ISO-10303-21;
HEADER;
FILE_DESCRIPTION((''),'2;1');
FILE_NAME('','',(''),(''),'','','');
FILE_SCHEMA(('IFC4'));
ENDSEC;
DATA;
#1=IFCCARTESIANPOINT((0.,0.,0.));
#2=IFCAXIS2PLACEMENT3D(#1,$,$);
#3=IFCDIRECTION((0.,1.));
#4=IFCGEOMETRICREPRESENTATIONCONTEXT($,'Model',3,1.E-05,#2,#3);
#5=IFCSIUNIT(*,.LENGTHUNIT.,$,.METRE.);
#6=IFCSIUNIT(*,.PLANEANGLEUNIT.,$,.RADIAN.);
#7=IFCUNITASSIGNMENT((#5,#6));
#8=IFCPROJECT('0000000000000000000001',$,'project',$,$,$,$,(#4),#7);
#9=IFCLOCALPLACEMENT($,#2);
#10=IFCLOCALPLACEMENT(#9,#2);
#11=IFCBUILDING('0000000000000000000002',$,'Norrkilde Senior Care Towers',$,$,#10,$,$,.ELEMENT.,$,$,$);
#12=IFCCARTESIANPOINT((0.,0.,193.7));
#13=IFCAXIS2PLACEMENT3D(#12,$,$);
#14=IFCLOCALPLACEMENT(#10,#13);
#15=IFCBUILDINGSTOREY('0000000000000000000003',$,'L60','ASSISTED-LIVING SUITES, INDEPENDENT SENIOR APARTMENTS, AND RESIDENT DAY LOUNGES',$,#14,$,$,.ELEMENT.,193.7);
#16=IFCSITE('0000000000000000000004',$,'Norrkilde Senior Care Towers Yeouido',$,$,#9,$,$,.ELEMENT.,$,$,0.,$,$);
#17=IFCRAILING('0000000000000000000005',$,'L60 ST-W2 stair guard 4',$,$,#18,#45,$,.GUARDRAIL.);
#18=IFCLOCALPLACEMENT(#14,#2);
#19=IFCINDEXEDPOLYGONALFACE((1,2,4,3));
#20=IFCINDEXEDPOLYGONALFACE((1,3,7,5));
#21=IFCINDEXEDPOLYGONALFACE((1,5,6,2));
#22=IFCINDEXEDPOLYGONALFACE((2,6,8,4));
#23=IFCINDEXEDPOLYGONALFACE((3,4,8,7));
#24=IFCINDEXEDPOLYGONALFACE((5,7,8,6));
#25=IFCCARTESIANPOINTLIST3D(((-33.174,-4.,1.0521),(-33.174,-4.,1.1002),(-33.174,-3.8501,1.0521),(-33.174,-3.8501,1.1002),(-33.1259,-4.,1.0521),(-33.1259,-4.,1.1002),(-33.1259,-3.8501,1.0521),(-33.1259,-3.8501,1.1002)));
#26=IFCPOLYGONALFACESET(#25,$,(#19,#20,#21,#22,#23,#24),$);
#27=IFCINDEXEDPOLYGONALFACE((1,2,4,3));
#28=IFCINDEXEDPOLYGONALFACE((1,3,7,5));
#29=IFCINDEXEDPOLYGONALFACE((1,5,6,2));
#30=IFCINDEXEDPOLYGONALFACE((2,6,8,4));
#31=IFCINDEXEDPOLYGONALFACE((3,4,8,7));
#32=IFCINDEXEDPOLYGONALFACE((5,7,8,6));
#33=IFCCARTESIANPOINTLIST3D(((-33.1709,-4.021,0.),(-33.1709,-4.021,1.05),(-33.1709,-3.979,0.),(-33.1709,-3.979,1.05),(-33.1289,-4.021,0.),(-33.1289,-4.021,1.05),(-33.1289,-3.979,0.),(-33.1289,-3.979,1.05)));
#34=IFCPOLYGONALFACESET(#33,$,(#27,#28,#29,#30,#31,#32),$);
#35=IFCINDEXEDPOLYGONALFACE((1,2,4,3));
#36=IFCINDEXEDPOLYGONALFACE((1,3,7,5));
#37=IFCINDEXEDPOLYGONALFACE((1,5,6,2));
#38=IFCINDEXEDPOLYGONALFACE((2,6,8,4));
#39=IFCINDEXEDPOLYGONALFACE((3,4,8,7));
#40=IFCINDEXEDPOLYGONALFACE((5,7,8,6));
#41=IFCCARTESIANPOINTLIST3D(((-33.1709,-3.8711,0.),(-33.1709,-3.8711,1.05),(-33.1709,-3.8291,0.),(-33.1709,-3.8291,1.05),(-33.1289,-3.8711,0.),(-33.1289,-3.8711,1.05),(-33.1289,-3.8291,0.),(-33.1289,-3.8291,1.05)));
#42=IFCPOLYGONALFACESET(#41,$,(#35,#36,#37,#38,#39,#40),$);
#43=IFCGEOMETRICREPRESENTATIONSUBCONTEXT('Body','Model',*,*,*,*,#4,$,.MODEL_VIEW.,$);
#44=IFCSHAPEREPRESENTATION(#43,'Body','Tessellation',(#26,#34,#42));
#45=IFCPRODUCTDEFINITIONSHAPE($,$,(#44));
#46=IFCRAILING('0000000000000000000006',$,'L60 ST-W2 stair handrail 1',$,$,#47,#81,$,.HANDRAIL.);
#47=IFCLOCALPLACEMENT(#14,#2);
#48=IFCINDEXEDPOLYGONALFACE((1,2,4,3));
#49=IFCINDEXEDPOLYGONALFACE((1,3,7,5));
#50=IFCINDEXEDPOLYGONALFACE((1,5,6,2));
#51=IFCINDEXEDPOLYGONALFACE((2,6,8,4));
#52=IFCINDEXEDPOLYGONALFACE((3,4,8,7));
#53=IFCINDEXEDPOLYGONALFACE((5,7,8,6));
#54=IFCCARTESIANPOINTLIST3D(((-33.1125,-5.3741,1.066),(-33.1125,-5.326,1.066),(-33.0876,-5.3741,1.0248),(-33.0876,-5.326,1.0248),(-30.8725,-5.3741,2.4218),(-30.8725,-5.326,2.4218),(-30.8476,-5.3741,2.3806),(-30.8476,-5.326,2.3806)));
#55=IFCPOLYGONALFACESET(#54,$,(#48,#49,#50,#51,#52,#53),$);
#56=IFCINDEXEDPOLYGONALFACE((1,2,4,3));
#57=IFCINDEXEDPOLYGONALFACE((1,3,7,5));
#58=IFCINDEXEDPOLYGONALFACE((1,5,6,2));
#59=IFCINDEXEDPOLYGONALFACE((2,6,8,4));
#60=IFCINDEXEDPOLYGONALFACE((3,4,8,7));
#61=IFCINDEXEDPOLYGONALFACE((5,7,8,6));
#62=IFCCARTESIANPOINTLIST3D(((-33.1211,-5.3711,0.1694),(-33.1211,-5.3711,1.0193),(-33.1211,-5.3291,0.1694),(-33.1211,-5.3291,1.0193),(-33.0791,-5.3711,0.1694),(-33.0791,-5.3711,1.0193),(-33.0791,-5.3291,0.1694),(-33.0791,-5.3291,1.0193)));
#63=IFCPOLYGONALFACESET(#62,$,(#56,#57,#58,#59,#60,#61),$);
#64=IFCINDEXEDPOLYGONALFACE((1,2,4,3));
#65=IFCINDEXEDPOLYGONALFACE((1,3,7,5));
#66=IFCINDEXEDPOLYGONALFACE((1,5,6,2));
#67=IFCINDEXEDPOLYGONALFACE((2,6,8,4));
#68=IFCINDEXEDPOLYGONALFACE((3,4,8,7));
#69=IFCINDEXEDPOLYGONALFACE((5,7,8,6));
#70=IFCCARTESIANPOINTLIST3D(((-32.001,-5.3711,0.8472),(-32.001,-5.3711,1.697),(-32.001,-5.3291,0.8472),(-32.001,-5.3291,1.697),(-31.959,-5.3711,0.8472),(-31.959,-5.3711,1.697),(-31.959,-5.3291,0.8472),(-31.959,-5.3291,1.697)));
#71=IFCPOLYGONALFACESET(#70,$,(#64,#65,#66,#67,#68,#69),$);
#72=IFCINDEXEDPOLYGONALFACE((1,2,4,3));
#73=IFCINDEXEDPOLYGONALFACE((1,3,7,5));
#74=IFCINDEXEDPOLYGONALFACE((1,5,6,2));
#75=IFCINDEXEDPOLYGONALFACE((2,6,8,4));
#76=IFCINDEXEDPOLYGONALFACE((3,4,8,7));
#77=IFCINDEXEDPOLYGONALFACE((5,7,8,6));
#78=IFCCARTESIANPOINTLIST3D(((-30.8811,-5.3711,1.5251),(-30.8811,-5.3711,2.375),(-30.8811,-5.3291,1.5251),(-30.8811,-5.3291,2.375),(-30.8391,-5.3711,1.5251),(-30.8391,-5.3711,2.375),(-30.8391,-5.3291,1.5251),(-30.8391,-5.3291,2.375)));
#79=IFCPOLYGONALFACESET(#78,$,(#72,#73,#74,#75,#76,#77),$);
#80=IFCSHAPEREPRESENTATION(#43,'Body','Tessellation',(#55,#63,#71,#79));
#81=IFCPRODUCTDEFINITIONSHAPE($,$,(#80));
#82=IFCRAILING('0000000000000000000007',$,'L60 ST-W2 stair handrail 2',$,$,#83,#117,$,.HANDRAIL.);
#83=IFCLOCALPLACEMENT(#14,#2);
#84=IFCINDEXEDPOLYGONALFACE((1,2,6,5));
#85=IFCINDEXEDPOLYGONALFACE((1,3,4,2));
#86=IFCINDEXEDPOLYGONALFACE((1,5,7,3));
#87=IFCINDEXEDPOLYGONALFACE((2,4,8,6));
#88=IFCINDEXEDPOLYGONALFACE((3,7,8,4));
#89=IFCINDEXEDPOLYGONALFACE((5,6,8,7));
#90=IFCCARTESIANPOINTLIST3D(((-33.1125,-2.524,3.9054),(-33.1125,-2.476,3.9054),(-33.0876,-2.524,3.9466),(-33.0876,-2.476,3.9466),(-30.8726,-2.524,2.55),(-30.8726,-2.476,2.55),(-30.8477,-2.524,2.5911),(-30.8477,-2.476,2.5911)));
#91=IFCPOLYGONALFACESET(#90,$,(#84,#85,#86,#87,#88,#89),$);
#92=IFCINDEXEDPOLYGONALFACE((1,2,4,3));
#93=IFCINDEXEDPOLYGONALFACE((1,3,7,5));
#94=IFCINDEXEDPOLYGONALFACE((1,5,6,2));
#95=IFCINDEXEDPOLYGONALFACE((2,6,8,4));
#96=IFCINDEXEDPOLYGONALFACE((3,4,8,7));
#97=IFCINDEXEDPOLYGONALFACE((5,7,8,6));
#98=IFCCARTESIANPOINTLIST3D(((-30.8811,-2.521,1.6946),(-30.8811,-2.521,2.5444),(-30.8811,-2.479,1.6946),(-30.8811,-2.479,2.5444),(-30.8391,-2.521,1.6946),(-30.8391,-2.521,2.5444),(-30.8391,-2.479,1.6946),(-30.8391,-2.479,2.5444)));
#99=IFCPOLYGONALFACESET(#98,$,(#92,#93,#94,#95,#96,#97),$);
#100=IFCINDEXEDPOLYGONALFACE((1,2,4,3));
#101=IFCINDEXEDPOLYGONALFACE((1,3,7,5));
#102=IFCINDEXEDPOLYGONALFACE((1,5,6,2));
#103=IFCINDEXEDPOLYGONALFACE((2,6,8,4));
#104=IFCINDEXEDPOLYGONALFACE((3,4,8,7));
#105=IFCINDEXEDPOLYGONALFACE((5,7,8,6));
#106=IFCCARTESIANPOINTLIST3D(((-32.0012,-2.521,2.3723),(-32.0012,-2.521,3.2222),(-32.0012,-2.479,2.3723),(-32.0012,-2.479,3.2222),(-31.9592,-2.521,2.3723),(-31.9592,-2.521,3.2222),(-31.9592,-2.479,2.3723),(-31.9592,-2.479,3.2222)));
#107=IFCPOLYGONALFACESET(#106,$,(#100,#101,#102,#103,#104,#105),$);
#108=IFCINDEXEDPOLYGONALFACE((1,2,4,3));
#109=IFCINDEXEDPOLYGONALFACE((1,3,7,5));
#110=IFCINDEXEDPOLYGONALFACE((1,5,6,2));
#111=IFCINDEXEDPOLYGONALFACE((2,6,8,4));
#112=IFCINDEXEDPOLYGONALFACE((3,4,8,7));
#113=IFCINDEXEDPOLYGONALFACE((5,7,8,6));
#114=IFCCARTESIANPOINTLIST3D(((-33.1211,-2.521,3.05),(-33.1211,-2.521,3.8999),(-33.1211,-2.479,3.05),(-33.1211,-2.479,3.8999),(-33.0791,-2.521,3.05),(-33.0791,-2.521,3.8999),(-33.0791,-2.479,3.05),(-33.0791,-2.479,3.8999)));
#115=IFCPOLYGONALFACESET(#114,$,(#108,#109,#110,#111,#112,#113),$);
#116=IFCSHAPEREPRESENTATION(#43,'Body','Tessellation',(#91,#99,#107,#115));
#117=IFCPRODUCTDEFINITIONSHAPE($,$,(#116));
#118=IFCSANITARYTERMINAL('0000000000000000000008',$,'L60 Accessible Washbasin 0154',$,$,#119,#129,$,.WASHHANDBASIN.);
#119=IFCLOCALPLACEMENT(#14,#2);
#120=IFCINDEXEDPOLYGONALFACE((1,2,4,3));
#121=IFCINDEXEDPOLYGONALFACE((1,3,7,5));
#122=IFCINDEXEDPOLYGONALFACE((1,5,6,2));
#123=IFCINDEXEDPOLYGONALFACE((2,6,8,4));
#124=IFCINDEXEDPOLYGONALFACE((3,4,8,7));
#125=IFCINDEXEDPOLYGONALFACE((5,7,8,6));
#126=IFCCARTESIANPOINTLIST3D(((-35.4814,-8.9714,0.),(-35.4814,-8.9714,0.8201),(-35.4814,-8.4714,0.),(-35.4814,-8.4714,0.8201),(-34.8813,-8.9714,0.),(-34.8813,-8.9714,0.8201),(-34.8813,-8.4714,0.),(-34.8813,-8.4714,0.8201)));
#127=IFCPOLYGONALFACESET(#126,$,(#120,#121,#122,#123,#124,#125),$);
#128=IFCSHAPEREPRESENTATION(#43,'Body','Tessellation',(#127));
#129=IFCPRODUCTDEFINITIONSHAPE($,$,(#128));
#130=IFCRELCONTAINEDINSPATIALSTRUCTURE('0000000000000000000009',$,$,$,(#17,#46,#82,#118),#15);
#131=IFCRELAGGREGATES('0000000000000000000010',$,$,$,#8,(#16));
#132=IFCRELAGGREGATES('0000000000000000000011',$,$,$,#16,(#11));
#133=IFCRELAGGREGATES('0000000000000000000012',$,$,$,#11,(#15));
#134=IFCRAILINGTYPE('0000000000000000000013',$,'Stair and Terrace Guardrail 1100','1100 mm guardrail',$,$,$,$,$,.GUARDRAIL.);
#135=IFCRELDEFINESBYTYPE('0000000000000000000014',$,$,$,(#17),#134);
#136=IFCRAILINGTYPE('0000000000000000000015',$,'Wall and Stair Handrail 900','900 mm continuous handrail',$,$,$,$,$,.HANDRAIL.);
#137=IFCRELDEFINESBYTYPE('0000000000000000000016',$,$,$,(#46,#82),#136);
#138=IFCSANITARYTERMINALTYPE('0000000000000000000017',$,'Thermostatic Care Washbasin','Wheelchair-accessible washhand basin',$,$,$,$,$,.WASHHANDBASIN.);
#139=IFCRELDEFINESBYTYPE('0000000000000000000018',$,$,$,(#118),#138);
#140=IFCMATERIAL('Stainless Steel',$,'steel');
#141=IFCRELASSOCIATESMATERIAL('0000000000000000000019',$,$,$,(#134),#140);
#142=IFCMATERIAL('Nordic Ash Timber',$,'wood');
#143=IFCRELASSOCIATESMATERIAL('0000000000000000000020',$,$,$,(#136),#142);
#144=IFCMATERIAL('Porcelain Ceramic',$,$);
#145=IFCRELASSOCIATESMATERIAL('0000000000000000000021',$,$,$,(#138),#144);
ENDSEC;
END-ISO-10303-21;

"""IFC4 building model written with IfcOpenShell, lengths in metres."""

from ifc_helpers import new_model, si_unit, direction, frame, origin, origin_2d, place, context, subcontext, project, spatial, rectangle, extrude, source, transform, mapped, material, type_object, type_shapes, element, save


model = new_model("IFC4")

# Units and contexts
model_context = context("Model", 3, precision=1e-05, world=origin(), true_north=direction((0.0, 1.0)))
body_context = subcontext(model_context, "Body", "Model", "MODEL_VIEW")
ifc_project = project(units=[si_unit("LENGTHUNIT", "METRE"), si_unit("PLANEANGLEUNIT", "RADIAN")], contexts=[model_context])

# Site, building, storey
site_placement = place(None, origin())
site = spatial("IfcSite", under=ifc_project, at=site_placement, Name="Norrkilde Senior Care Towers Yeouido", CompositionType="ELEMENT", RefElevation=0.0)
building_placement = place(site_placement, origin())
building = spatial("IfcBuilding", under=site, at=building_placement, Name="Norrkilde Senior Care Towers", CompositionType="ELEMENT")
storey_placement = place(building_placement, frame((0.0, 0.0, 193.7)))
storey = spatial("IfcBuildingStorey", under=building, at=storey_placement, Name="L60", Description="ASSISTED-LIVING SUITES, INDEPENDENT SENIOR APARTMENTS, AND RESIDENT DAY LOUNGES", CompositionType="ELEMENT", Elevation=193.7)

# Shared definitions
ifc_material_1 = material(Name="Nordic Ash Timber", Category="wood")

# Railings
ifc_material_2 = material(Name="Stainless Steel", Category="steel")
railing_type_1 = type_object("IfcRailingType", Name="Stair and Terrace Guardrail 1100", Description="1100 mm guardrail", PredefinedType="GUARDRAIL", material=ifc_material_2)
railing_1_placement = place(storey_placement, frame((-33.1499, -4.0, 0.0)))
element("IfcRailing", 1, at=railing_1_placement, inside=storey, type_object=railing_type_1, Name="L60 ST-W2 stair guard 4", PredefinedType="GUARDRAIL", context=body_context, shape_type="SweptSolid", body=[
    extrude(rectangle(XDim=0.0481, YDim=0.0481, at=origin_2d()), frame((0.0, 0.0, 1.0762), z_axis=(0.0, 1.0, 0.0), x_axis=(-1.0, 0.0, 0.0)), (0.0, 0.0, 1.0), 0.1499),
    extrude(rectangle(XDim=0.042, YDim=0.042, at=origin_2d()), origin(), (0.0, 0.0, 1.0), 1.05),
    extrude(rectangle(XDim=0.042, YDim=0.042, at=origin_2d()), frame((0.0, 0.1499, 0.0)), (0.0, 0.0, 1.0), 1.05),
])
railing_type_2 = type_object("IfcRailingType", Name="Wall and Stair Handrail 900", Description="900 mm continuous handrail", PredefinedType="HANDRAIL", material=ifc_material_1)
railing_2_placement = place(storey_placement, frame((-33.1001, -5.3501, 0.1694)))
element("IfcRailing", 2, at=railing_2_placement, inside=storey, type_object=railing_type_2, Name="L60 ST-W2 stair handrail 1", PredefinedType="HANDRAIL", context=body_context, shape_type="SweptSolid", body=[
    extrude(rectangle(XDim=0.0481, YDim=0.0481, at=origin_2d()), frame((0.0, 0.0, 0.876), z_axis=(0.855512, 0.0, 0.517783), x_axis=(0.0, 1.0, 0.0)), (0.0, 0.0, 1.0), 2.6184),
    extrude(rectangle(XDim=0.042, YDim=0.042, at=origin_2d()), origin(), (0.0, 0.0, 1.0), 0.8499),
    extrude(rectangle(XDim=0.042, YDim=0.042, at=origin_2d()), frame((1.1201, 0.0, 0.6777)), (0.0, 0.0, 1.0), 0.8499),
    extrude(rectangle(XDim=0.042, YDim=0.042, at=origin_2d()), frame((2.24, 0.0, 1.3557)), (0.0, 0.0, 1.0), 0.8499),
])
railing_3_placement = place(storey_placement, frame((-30.8601, -2.5, 1.6946)))
element("IfcRailing", 3, at=railing_3_placement, inside=storey, type_object=railing_type_2, Name="L60 ST-W2 stair handrail 2", PredefinedType="HANDRAIL", context=body_context, shape_type="SweptSolid", body=[
    extrude(rectangle(XDim=0.0481, YDim=0.0481, at=origin_2d()), frame((0.0, 0.0, 0.876), z_axis=(-0.855553, 0.0, 0.517715), x_axis=(0.0, -1.0, 0.0)), (0.0, 0.0, 1.0), 2.6182),
    extrude(rectangle(XDim=0.042, YDim=0.042, at=origin_2d()), origin(), (0.0, 0.0, 1.0), 0.8499),
    extrude(rectangle(XDim=0.042, YDim=0.042, at=origin_2d()), frame((-1.1201, 0.0, 0.6777)), (0.0, 0.0, 1.0), 0.8499),
    extrude(rectangle(XDim=0.042, YDim=0.042, at=origin_2d()), frame((-2.24, 0.0, 1.3555)), (0.0, 0.0, 1.0), 0.8499),
])

# Sanitary terminal
ifc_material_3 = material(Name="Porcelain Ceramic")
sanitary_terminal_type = type_object("IfcSanitaryTerminalType", Name="Thermostatic Care Washbasin", Description="Wheelchair-accessible washhand basin", PredefinedType="WASHHANDBASIN", material=ifc_material_3)
shared_shape_1 = source(origin(), body_context, "Body", "SweptSolid", [
    extrude(rectangle(XDim=0.6001, YDim=0.5, at=origin_2d()), origin(), (0.0, 0.0, 1.0), 0.8201),
])
type_shapes(sanitary_terminal_type, [shared_shape_1])
sanitary_terminal_placement = place(storey_placement, frame((-35.1814, -8.7214, 0.0), z_axis=(0.0, 0.0, 1.0), x_axis=(1.0, 0.0, 0.0)))
element("IfcSanitaryTerminal", 4, at=sanitary_terminal_placement, inside=storey, type_object=sanitary_terminal_type, Name="L60 Accessible Washbasin 0154", PredefinedType="WASHHANDBASIN", context=body_context, shape_type="MappedRepresentation", body=[
    mapped(shared_shape_1, transform((0.0, 0.0, 0.0), x_axis=(1.0, 0.0, 0.0), y_axis=(0.0, 1.0, 0.0), z_axis=(0.0, 0.0, 1.0), scale=1.0)),
])

save(model, "model.ifc")
